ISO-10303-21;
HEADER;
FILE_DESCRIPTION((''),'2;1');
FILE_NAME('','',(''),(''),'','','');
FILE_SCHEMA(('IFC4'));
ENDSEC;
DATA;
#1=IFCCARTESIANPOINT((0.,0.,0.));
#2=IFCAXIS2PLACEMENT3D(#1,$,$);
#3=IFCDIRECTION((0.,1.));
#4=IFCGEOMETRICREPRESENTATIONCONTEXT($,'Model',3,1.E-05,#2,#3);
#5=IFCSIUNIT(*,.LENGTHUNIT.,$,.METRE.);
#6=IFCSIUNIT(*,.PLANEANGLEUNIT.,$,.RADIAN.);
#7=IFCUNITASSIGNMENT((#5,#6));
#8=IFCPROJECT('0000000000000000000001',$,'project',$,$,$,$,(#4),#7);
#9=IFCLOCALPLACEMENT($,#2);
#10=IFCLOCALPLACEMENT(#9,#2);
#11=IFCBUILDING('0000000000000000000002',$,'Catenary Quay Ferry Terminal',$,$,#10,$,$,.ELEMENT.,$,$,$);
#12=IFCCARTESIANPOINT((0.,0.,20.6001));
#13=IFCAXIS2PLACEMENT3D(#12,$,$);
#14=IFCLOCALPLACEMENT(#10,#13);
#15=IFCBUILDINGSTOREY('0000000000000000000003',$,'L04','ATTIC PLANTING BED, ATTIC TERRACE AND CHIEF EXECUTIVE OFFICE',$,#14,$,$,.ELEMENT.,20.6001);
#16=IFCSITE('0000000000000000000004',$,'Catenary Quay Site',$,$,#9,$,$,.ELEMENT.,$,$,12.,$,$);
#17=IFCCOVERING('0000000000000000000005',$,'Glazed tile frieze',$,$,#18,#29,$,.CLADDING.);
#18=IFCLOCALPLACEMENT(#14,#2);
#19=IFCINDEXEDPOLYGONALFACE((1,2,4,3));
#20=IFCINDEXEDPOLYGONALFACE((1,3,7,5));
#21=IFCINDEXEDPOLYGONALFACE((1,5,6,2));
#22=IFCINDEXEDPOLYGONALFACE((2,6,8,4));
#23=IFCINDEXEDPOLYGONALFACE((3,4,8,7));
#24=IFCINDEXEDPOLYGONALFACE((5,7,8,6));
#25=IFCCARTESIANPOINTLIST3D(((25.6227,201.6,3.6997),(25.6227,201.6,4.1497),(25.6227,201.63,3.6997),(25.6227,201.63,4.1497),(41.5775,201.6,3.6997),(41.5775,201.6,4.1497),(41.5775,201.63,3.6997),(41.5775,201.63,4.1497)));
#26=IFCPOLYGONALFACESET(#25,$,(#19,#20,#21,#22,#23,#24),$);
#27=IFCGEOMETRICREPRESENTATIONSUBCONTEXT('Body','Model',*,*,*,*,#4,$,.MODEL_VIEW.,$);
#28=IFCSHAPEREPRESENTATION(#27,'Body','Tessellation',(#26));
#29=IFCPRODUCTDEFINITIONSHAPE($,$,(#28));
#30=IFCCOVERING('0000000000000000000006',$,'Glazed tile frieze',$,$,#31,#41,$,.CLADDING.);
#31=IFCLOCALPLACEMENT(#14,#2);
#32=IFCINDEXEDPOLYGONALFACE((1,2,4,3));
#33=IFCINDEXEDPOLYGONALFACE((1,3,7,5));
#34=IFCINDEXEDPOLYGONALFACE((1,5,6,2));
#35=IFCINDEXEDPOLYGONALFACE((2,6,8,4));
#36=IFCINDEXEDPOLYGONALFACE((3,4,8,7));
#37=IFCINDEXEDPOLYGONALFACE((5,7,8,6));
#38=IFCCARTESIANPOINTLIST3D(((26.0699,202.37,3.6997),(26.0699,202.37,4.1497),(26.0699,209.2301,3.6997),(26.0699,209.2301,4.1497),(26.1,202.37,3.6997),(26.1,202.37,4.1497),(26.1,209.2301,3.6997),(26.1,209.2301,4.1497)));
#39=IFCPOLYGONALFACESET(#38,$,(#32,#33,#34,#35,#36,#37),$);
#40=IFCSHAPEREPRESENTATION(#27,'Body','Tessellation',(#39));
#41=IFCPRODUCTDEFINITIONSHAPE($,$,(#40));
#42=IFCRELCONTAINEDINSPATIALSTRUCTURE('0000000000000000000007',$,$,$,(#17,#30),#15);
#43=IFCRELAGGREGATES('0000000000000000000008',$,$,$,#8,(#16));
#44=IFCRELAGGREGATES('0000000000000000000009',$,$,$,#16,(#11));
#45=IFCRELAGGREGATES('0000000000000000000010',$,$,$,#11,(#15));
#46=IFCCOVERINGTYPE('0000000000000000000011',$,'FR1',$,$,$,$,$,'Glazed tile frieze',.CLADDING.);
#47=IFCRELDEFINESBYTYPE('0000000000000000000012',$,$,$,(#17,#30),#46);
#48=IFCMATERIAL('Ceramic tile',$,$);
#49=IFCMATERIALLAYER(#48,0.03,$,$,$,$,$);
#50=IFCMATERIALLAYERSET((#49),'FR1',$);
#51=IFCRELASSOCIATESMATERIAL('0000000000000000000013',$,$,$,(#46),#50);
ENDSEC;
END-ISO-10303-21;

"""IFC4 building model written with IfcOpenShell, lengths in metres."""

from ifc_helpers import new_model, si_unit, direction, frame, origin, origin_2d, place, context, subcontext, project, spatial, rectangle, extrude, material, layer, layer_set, type_object, element, save


model = new_model("IFC4")

# Units and contexts
model_context = context("Model", 3, precision=1e-05, world=origin(), true_north=direction((0.0, 1.0)))
body_context = subcontext(model_context, "Body", "Model", "MODEL_VIEW")
ifc_project = project(units=[si_unit("LENGTHUNIT", "METRE"), si_unit("PLANEANGLEUNIT", "RADIAN")], contexts=[model_context])

# Site, building, storey
site_placement = place(None, origin())
site = spatial("IfcSite", under=ifc_project, at=site_placement, Name="Catenary Quay Site", CompositionType="ELEMENT", RefElevation=12.0)
building_placement = place(site_placement, origin())
building = spatial("IfcBuilding", under=site, at=building_placement, Name="Catenary Quay Ferry Terminal", CompositionType="ELEMENT")
storey_placement = place(building_placement, frame((0.0, 0.0, 20.6001)))
storey = spatial("IfcBuildingStorey", under=building, at=storey_placement, Name="L04", Description="ATTIC PLANTING BED, ATTIC TERRACE AND CHIEF EXECUTIVE OFFICE", CompositionType="ELEMENT", Elevation=20.6001)

# Coverings
ifc_material_1 = material(Name="Ceramic tile")
ifc_layer_1 = layer(ifc_material_1, 0.03)
ifc_layer_set_1 = layer_set([ifc_layer_1], Name="FR1")
covering_type_1 = type_object("IfcCoveringType", Name="FR1", ElementType="Glazed tile frieze", PredefinedType="CLADDING", material=ifc_layer_set_1)
covering_1_placement = place(storey_placement, frame((33.6001, 201.615, 3.6997), z_axis=(0.0, 0.0, 1.0), x_axis=(1.0, 0.0, 0.0)))
element("IfcCovering", 1, at=covering_1_placement, inside=storey, type_object=covering_type_1, Name="Glazed tile frieze", PredefinedType="CLADDING", context=body_context, shape_type="SweptSolid", body=[
    extrude(rectangle(XDim=15.9548, YDim=0.03, at=origin_2d()), origin(), (0.0, 0.0, 1.0), 0.45),
])
covering_2_placement = place(storey_placement, frame((26.085, 205.8, 3.6997), z_axis=(0.0, 0.0, 1.0), x_axis=(1.0, 0.0, 0.0)))
element("IfcCovering", 2, at=covering_2_placement, inside=storey, type_object=covering_type_1, Name="Glazed tile frieze", PredefinedType="CLADDING", context=body_context, shape_type="SweptSolid", body=[
    extrude(rectangle(XDim=0.03, YDim=6.8601, at=origin_2d()), origin(), (0.0, 0.0, 1.0), 0.45),
])

save(model, "model.ifc")
